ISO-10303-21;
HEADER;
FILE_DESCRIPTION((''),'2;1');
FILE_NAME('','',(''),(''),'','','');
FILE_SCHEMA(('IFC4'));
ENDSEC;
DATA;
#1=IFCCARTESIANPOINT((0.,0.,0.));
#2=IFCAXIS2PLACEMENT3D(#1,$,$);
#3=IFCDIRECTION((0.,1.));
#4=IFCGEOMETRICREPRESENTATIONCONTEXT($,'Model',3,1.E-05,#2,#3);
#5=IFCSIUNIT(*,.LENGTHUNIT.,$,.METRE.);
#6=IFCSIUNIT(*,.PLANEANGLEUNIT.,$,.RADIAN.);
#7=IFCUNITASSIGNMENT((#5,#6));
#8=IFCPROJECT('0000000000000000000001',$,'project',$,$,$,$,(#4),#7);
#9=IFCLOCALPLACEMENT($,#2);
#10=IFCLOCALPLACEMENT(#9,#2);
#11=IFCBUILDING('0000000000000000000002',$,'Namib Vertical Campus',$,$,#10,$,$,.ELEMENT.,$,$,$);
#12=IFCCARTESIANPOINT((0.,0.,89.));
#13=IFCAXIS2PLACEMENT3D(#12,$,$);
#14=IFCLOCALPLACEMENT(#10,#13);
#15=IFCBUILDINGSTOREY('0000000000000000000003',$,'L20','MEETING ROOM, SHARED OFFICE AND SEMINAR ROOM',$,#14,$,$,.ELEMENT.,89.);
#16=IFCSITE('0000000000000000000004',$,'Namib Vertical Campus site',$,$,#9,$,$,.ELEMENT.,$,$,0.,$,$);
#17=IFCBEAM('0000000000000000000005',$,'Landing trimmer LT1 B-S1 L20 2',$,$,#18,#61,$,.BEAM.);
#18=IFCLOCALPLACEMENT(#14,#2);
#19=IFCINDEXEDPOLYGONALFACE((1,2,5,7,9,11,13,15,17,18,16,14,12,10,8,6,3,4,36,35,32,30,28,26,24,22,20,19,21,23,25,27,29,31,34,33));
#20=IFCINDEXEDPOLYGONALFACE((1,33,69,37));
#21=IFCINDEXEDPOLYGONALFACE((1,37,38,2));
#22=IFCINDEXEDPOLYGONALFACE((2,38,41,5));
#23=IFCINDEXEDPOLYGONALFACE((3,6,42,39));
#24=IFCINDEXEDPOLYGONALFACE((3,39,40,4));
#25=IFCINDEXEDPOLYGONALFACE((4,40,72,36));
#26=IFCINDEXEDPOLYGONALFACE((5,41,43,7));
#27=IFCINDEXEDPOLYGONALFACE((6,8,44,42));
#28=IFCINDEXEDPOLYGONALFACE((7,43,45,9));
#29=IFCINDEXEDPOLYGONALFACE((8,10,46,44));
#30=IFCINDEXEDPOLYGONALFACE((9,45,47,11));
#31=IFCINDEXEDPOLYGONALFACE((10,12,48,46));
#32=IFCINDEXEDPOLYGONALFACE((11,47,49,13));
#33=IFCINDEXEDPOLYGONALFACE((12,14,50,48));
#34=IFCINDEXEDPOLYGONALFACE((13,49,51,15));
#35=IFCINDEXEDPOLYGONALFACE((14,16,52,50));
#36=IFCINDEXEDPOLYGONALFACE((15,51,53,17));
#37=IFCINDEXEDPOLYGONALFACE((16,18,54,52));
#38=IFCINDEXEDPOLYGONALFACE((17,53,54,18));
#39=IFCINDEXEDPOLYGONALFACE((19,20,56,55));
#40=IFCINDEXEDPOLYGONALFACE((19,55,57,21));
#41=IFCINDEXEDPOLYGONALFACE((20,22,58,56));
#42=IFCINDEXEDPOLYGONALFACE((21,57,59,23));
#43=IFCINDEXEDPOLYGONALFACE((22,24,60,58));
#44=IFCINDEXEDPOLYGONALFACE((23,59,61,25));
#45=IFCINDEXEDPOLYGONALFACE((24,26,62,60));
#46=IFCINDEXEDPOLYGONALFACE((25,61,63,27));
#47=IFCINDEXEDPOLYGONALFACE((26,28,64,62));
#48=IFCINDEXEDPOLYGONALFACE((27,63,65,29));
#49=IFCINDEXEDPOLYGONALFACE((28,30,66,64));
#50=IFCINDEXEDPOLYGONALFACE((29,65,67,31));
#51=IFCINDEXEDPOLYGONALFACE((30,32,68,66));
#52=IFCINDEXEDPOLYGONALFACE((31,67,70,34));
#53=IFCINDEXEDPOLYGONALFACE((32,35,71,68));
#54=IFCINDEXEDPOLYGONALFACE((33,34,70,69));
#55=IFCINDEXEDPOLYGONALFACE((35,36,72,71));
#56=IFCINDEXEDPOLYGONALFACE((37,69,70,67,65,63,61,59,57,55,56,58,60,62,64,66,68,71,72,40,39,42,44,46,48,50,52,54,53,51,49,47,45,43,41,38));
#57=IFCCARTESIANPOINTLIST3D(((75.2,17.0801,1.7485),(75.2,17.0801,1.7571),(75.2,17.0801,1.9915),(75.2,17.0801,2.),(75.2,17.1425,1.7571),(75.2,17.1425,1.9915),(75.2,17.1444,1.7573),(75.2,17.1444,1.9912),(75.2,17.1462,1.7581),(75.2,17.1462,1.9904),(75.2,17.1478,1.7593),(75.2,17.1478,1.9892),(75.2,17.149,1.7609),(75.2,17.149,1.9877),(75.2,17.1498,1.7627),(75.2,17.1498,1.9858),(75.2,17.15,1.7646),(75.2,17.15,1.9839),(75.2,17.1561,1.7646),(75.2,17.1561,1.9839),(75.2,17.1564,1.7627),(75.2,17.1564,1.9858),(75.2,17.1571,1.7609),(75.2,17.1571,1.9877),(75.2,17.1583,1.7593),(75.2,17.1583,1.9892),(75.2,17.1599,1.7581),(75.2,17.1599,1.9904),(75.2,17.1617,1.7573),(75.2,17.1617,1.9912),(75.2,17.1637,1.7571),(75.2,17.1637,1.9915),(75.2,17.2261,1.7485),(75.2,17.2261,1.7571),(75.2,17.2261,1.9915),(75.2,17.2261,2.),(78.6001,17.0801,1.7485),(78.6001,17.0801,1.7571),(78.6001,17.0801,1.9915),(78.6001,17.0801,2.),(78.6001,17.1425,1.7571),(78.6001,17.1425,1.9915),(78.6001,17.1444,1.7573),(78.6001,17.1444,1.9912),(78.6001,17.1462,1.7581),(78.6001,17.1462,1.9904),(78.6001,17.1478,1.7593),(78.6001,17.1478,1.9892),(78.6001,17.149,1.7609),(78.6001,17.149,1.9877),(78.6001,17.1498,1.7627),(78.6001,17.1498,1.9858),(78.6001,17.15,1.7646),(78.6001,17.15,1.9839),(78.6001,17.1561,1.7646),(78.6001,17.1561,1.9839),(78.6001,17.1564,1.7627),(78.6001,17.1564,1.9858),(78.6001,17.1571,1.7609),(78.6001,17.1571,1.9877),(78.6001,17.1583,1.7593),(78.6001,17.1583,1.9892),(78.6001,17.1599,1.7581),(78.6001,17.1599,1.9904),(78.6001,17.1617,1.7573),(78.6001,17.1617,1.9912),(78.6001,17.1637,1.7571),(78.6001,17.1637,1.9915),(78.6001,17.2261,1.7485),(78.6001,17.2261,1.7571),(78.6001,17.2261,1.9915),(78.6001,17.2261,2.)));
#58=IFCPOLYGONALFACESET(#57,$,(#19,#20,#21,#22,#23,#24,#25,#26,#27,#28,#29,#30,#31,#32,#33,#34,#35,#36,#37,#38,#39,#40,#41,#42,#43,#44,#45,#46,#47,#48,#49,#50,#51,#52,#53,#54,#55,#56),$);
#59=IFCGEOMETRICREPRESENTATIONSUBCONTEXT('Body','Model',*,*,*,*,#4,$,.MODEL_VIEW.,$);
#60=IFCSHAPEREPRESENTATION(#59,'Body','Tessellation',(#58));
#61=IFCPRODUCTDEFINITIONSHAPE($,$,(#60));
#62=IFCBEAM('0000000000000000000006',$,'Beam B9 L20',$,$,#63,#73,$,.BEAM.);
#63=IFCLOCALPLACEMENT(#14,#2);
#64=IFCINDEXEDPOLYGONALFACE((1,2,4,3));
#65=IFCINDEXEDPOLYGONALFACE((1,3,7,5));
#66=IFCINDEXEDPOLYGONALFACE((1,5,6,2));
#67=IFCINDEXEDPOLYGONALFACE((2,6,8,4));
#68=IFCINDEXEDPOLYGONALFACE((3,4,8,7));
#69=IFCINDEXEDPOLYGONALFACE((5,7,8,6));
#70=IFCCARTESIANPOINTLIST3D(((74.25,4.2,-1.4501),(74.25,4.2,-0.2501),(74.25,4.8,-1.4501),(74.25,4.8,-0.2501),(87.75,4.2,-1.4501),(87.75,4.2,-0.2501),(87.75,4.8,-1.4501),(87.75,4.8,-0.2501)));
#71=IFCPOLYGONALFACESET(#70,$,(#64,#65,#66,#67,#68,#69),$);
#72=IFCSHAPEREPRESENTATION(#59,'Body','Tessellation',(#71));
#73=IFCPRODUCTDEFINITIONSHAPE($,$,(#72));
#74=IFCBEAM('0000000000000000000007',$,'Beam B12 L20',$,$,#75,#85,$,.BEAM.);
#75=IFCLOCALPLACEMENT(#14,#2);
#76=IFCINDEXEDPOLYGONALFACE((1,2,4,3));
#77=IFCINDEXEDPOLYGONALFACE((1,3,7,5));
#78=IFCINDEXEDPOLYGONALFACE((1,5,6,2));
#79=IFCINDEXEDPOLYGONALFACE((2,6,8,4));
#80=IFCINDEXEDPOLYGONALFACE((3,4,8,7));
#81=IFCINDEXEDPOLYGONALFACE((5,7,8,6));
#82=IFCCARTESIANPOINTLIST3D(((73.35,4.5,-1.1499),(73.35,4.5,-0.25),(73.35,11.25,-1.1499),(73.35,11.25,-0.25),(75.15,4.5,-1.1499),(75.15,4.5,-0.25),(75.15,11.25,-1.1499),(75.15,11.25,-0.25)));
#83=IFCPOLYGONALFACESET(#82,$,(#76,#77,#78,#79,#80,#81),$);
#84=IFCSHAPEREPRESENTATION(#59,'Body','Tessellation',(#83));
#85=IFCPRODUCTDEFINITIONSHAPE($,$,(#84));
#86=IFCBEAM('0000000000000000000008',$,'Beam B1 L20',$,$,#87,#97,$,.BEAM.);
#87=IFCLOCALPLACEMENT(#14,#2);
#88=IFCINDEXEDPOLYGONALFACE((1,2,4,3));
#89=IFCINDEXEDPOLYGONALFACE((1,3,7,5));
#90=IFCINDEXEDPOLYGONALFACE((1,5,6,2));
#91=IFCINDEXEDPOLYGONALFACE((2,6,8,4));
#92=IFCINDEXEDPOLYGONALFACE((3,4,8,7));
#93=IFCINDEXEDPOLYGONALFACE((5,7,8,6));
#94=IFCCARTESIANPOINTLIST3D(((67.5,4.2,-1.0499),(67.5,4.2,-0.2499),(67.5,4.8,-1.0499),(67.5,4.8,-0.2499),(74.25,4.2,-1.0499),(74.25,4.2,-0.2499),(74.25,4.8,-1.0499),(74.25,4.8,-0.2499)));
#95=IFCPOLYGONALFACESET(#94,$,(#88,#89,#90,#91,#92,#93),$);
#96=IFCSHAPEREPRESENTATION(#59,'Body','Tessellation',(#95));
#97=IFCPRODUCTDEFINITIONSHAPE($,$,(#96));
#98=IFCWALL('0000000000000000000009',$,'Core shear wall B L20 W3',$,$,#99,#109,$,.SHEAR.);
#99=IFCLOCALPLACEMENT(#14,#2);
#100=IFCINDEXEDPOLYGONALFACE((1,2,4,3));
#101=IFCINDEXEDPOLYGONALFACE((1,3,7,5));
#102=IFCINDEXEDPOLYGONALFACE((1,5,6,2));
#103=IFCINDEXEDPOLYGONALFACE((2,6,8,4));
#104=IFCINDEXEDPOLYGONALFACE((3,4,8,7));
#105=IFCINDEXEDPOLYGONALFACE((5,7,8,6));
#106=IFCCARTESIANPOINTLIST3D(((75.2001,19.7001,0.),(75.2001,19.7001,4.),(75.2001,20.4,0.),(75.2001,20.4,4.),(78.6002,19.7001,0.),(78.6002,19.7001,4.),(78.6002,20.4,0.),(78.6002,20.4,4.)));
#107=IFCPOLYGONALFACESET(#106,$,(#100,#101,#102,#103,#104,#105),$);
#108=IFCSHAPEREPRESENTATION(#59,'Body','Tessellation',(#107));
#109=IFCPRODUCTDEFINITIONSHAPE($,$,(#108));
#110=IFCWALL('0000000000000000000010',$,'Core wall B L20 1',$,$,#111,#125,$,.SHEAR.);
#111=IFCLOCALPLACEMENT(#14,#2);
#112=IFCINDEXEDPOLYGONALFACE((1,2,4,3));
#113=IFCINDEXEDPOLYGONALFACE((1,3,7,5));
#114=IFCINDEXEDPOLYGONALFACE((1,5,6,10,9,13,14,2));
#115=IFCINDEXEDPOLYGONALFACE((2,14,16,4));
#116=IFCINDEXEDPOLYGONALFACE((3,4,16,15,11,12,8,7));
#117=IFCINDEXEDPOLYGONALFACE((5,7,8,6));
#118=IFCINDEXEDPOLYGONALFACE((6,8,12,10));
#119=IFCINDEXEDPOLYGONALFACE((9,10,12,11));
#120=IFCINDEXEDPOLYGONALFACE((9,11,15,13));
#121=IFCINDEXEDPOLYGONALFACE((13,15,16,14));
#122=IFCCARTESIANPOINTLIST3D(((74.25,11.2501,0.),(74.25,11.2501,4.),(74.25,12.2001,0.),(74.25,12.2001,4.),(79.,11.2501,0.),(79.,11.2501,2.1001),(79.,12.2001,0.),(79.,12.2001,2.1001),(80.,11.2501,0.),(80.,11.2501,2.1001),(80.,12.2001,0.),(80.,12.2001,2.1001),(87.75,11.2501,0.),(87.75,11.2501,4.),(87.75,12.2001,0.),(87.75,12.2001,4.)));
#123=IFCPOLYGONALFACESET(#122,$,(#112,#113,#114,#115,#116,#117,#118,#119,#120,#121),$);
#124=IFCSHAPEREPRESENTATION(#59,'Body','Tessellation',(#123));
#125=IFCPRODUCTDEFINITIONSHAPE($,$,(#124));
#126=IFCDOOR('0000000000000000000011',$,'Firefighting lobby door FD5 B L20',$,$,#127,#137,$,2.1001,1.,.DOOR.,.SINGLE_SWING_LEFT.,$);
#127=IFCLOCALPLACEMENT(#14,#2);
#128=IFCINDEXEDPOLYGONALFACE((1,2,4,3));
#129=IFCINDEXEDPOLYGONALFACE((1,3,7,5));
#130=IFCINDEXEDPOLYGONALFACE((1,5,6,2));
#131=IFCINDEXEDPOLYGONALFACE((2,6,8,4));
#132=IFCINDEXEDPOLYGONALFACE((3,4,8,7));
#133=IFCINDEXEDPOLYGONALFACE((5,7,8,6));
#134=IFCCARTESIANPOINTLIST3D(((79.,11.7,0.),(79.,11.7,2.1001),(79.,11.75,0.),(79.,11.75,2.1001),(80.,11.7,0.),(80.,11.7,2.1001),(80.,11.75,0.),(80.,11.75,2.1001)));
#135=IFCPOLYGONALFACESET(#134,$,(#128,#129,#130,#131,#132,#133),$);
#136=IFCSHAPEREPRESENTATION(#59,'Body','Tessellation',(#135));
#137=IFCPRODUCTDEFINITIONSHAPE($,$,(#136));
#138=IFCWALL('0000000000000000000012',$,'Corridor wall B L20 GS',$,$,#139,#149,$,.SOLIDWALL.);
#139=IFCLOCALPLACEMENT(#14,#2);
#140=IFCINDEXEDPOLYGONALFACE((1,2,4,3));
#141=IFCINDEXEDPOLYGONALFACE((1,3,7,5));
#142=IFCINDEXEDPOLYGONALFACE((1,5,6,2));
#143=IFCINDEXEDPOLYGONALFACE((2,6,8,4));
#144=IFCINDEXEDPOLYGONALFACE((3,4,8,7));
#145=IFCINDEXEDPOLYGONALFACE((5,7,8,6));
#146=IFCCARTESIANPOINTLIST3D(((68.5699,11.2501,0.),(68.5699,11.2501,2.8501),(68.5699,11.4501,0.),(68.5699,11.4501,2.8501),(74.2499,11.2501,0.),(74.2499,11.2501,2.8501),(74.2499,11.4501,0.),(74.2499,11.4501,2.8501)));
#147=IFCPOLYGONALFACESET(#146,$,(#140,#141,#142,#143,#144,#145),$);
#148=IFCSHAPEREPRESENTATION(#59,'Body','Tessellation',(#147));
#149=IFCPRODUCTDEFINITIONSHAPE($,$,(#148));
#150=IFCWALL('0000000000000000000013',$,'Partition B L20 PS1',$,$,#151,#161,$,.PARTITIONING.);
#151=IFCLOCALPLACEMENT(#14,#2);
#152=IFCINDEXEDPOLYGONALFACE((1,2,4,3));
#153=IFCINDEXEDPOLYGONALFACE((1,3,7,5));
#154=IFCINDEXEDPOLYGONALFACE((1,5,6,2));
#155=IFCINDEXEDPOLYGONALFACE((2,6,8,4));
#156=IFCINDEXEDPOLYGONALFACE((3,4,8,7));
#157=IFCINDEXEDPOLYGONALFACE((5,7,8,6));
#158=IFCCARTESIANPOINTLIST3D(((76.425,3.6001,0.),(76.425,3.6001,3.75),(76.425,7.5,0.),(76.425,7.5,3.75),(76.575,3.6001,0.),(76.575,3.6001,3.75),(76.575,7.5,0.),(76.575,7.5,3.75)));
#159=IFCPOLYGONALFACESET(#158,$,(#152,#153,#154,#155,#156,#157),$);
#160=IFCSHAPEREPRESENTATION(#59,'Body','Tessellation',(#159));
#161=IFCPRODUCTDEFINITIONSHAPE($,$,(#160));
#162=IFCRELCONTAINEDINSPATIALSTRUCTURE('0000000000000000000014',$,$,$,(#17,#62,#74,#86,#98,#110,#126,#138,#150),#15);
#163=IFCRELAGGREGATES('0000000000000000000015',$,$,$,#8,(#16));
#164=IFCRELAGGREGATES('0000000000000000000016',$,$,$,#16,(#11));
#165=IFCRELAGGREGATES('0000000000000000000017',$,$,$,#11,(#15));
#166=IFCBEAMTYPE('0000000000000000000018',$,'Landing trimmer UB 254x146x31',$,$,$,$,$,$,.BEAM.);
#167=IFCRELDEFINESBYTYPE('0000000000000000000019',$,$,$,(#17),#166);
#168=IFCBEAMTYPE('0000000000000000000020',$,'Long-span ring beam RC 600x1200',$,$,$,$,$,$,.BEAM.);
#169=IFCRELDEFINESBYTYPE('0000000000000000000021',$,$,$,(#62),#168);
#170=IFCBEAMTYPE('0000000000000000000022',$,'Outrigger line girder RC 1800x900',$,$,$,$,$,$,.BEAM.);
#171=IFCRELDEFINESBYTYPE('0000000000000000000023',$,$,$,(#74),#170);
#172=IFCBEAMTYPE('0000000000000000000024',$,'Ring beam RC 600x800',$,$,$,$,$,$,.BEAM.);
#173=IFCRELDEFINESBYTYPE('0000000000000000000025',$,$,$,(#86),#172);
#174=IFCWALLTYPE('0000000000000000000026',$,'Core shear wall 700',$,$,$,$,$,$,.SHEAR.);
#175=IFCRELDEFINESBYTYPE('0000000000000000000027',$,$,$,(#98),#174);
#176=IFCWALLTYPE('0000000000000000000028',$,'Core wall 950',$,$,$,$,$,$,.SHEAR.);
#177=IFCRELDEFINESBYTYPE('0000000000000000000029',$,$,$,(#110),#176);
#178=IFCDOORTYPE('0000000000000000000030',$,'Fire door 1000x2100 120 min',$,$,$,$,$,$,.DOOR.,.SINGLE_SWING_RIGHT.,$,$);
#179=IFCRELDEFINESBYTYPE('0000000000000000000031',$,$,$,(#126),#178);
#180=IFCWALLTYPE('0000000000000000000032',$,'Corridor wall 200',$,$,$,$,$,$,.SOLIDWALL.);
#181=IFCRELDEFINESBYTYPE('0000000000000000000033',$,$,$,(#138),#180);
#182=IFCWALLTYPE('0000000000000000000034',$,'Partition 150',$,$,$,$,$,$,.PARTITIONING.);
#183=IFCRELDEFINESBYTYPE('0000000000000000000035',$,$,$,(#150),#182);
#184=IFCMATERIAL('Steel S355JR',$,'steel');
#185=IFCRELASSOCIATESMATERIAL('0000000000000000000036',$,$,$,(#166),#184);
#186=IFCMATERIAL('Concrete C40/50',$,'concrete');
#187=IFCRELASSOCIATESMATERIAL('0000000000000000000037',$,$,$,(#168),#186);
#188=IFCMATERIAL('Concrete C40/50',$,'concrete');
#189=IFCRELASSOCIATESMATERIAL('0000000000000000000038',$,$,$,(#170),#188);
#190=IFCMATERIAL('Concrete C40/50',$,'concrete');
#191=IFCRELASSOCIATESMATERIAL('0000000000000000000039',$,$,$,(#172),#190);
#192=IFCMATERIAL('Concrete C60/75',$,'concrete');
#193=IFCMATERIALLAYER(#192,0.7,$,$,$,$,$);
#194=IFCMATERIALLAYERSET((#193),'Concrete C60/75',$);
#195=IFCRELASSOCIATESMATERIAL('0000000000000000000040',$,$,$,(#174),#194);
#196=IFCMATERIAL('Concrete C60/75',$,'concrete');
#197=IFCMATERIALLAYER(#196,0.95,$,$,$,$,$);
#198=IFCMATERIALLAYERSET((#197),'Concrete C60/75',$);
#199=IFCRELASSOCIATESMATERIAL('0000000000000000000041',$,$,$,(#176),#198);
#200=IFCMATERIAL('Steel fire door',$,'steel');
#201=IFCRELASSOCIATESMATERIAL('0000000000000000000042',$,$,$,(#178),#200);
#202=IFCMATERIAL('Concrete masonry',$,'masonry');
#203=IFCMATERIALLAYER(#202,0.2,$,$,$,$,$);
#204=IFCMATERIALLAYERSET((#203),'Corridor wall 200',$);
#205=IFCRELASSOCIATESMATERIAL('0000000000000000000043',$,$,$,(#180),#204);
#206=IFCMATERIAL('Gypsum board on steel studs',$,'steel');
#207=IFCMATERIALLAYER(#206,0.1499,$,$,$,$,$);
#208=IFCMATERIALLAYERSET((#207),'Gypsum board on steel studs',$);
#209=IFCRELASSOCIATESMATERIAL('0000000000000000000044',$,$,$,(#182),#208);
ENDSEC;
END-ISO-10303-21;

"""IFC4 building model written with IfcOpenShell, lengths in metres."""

from ifc_helpers import new_model, si_unit, direction, frame, frame_2d, origin, origin_2d, place, context, subcontext, project, spatial, rectangle, i_section, extrude, material, layer, layer_set, material_profile, profile_set, type_object, element, fill, save


model = new_model("IFC4")

# Units and contexts
model_context = context("Model", 3, precision=1e-05, world=origin(), true_north=direction((0.0, 1.0)))
body_context = subcontext(model_context, "Body", "Model", "MODEL_VIEW")
ifc_project = project(units=[si_unit("LENGTHUNIT", "METRE"), si_unit("PLANEANGLEUNIT", "RADIAN")], contexts=[model_context])

# Site, building, storey
site_placement = place(None, origin())
site = spatial("IfcSite", under=ifc_project, at=site_placement, Name="Namib Vertical Campus site", CompositionType="ELEMENT", RefElevation=0.0)
building_placement = place(site_placement, origin())
building = spatial("IfcBuilding", under=site, at=building_placement, Name="Namib Vertical Campus", CompositionType="ELEMENT")
storey_placement = place(building_placement, frame((0.0, 0.0, 89.0)))
storey = spatial("IfcBuildingStorey", under=building, at=storey_placement, Name="L20", Description="MEETING ROOM, SHARED OFFICE AND SEMINAR ROOM", CompositionType="ELEMENT", Elevation=89.0)

# Beams
ifc_material_1 = material(Name="Steel S355JR", Category="steel")
ifc_material_profile_1 = material_profile(ifc_material_1, i_section(OverallWidth=0.146, OverallDepth=0.2515, WebThickness=0.0061, FlangeThickness=0.0085, FilletRadius=0.0076, at=origin_2d()))
ifc_profile_set_1 = profile_set([ifc_material_profile_1], Name="Steel S355JR")
beam_type_1 = type_object("IfcBeamType", Name="Landing trimmer UB 254x146x31", PredefinedType="BEAM", material=ifc_profile_set_1)
for number, where, z_axis, x_axis, name in (
    (1, (75.2, 17.1531, 1.8743), (1.0, 0.0, 0.0), (0.0, 1.0, 0.0), "Landing trimmer LT1 B-S1 L20 2"),
):
    element("IfcBeam", number, at=place(storey_placement, frame(where, z_axis=z_axis, x_axis=x_axis)), inside=storey, type_object=beam_type_1, Name=name, PredefinedType="BEAM", context=body_context, shape_type="SweptSolid", body=[
        extrude(i_section(OverallWidth=0.146, OverallDepth=0.2515, WebThickness=0.0061, FlangeThickness=0.0085, FilletRadius=0.0076, at=origin_2d()), origin(), (0.0, 0.0, 1.0), 3.4001),
    ])
ifc_material_2 = material(Name="Concrete C40/50", Category="concrete")
ifc_material_profile_2 = material_profile(ifc_material_2, rectangle(XDim=0.6001, YDim=1.2, at=origin_2d()))
ifc_profile_set_2 = profile_set([ifc_material_profile_2], Name="Concrete C40/50")
beam_type_2 = type_object("IfcBeamType", Name="Long-span ring beam RC 600x1200", PredefinedType="BEAM", material=ifc_profile_set_2)
beam_1_placement = place(storey_placement, frame((74.25, 4.5, -0.8501), z_axis=(1.0, 0.0, 0.0), x_axis=(0.0, 1.0, 0.0)))
element("IfcBeam", 2, at=beam_1_placement, inside=storey, type_object=beam_type_2, Name="Beam B9 L20", PredefinedType="BEAM", context=body_context, shape_type="SweptSolid", body=[
    extrude(rectangle(XDim=0.6001, YDim=1.2, at=origin_2d()), origin(), (0.0, 0.0, 1.0), 13.5),
])
ifc_material_3 = material(Name="Concrete C40/50", Category="concrete")
ifc_material_profile_3 = material_profile(ifc_material_3, rectangle(XDim=1.8, YDim=0.8999, at=origin_2d()))
ifc_profile_set_3 = profile_set([ifc_material_profile_3], Name="Concrete C40/50")
beam_type_3 = type_object("IfcBeamType", Name="Outrigger line girder RC 1800x900", PredefinedType="BEAM", material=ifc_profile_set_3)
beam_2_placement = place(storey_placement, frame((74.25, 4.5, -0.7), z_axis=(0.0, 1.0, 0.0), x_axis=(-1.0, 0.0, 0.0)))
element("IfcBeam", 3, at=beam_2_placement, inside=storey, type_object=beam_type_3, Name="Beam B12 L20", PredefinedType="BEAM", context=body_context, shape_type="SweptSolid", body=[
    extrude(rectangle(XDim=1.8, YDim=0.8999, at=origin_2d()), origin(), (0.0, 0.0, 1.0), 6.75),
])
ifc_material_4 = material(Name="Concrete C40/50", Category="concrete")
ifc_material_profile_4 = material_profile(ifc_material_4, rectangle(XDim=0.6001, YDim=0.8, at=origin_2d()))
ifc_profile_set_4 = profile_set([ifc_material_profile_4], Name="Concrete C40/50")
beam_type_4 = type_object("IfcBeamType", Name="Ring beam RC 600x800", PredefinedType="BEAM", material=ifc_profile_set_4)
beam_3_placement = place(storey_placement, frame((67.5, 4.5, -0.6499), z_axis=(1.0, 0.0, 0.0), x_axis=(0.0, 1.0, 0.0)))
element("IfcBeam", 4, at=beam_3_placement, inside=storey, type_object=beam_type_4, Name="Beam B1 L20", PredefinedType="BEAM", context=body_context, shape_type="SweptSolid", body=[
    extrude(rectangle(XDim=0.6001, YDim=0.8, at=origin_2d()), origin(), (0.0, 0.0, 1.0), 6.75),
])

# Wall
ifc_material_5 = material(Name="Concrete C60/75", Category="concrete")
ifc_layer_1 = layer(ifc_material_5, 0.7)
ifc_layer_set_1 = layer_set([ifc_layer_1], Name="Concrete C60/75")
wall_type_1 = type_object("IfcWallType", Name="Core shear wall 700", PredefinedType="SHEAR", material=ifc_layer_set_1)
wall_1_placement = place(storey_placement, frame((75.2, 20.05, 0.0), z_axis=(0.0, 0.0, 1.0), x_axis=(1.0, 0.0, 0.0)))
element("IfcWall", 5, at=wall_1_placement, inside=storey, type_object=wall_type_1, Name="Core shear wall B L20 W3", PredefinedType="SHEAR", context=body_context, shape_type="SweptSolid", body=[
    extrude(rectangle(XDim=3.4001, YDim=0.7, at=frame_2d((1.7002, 0.0))), origin(), (0.0, 0.0, 1.0), 4.0),
])

# Wall, opening, door
ifc_material_6 = material(Name="Concrete C60/75", Category="concrete")
ifc_layer_2 = layer(ifc_material_6, 0.95)
ifc_layer_set_2 = layer_set([ifc_layer_2], Name="Concrete C60/75")
wall_type_2 = type_object("IfcWallType", Name="Core wall 950", PredefinedType="SHEAR", material=ifc_layer_set_2)
wall_2_placement = place(storey_placement, frame((74.25, 11.7251, 0.0), z_axis=(0.0, 0.0, 1.0), x_axis=(1.0, 0.0, 0.0)))
wall_2 = element("IfcWall", 6, at=wall_2_placement, inside=storey, type_object=wall_type_2, Name="Core wall B L20 1", PredefinedType="SHEAR", context=body_context, shape_type="SweptSolid", body=[
    extrude(rectangle(XDim=13.5, YDim=0.95, at=frame_2d((6.75, 0.0))), origin(), (0.0, 0.0, 1.0), 4.0),
])
opening_placement = place(wall_2_placement, frame((4.75, 0.0, 0.0)))
opening = element("IfcOpeningElement", 7, at=opening_placement, cuts=wall_2, PredefinedType="OPENING", context=body_context, shape_type="SweptSolid", body=[
    extrude(rectangle(XDim=1.0, YDim=2.1001, at=frame_2d((0.5, 1.05))), frame((0.0, 0.4849, 0.0), z_axis=(0.0, -1.0, 0.0), x_axis=(1.0, 0.0, 0.0)), (0.0, 0.0, 1.0), 0.97),
])
ifc_material_7 = material(Name="Steel fire door", Category="steel")
door_type = type_object("IfcDoorType", Name="Fire door 1000x2100 120 min", OperationType="SINGLE_SWING_RIGHT", PredefinedType="DOOR", material=ifc_material_7)
door_placement = place(opening_placement, origin())
door = element("IfcDoor", 8, at=door_placement, inside=storey, type_object=door_type, Name="Firefighting lobby door FD5 B L20", OperationType="SINGLE_SWING_LEFT", OverallHeight=2.1001, OverallWidth=1.0, PredefinedType="DOOR", context=body_context, shape_type="SweptSolid", body=[
    extrude(rectangle(XDim=1.0, YDim=2.1001, at=frame_2d((0.5, 1.05))), frame((0.0, 0.0249, 0.0), z_axis=(0.0, -1.0, 0.0), x_axis=(1.0, 0.0, 0.0)), (0.0, 0.0, 1.0), 0.05),
])
fill(opening, door)

# Walls
ifc_material_8 = material(Name="Concrete masonry", Category="masonry")
ifc_layer_3 = layer(ifc_material_8, 0.2)
ifc_layer_set_3 = layer_set([ifc_layer_3], Name="Corridor wall 200")
wall_type_3 = type_object("IfcWallType", Name="Corridor wall 200", PredefinedType="SOLIDWALL", material=ifc_layer_set_3)
wall_3_placement = place(storey_placement, frame((68.5701, 11.3501, 0.0), z_axis=(0.0, 0.0, 1.0), x_axis=(1.0, 0.0, 0.0)))
element("IfcWall", 9, at=wall_3_placement, inside=storey, type_object=wall_type_3, Name="Corridor wall B L20 GS", PredefinedType="SOLIDWALL", context=body_context, shape_type="SweptSolid", body=[
    extrude(rectangle(XDim=5.6799, YDim=0.2, at=frame_2d((2.8398, 0.0))), origin(), (0.0, 0.0, 1.0), 2.8501),
])
ifc_material_9 = material(Name="Gypsum board on steel studs", Category="steel")
ifc_layer_4 = layer(ifc_material_9, 0.1499)
ifc_layer_set_4 = layer_set([ifc_layer_4], Name="Gypsum board on steel studs")
wall_type_4 = type_object("IfcWallType", Name="Partition 150", PredefinedType="PARTITIONING", material=ifc_layer_set_4)
wall_4_placement = place(storey_placement, frame((76.5, 3.6001, 0.0), z_axis=(0.0, 0.0, 1.0), x_axis=(0.0, 1.0, 0.0)))
element("IfcWall", 10, at=wall_4_placement, inside=storey, type_object=wall_type_4, Name="Partition B L20 PS1", PredefinedType="PARTITIONING", context=body_context, shape_type="SweptSolid", body=[
    extrude(rectangle(XDim=3.8999, YDim=0.1499, at=frame_2d((1.95, 0.0))), origin(), (0.0, 0.0, 1.0), 3.75),
])

save(model, "model.ifc")
